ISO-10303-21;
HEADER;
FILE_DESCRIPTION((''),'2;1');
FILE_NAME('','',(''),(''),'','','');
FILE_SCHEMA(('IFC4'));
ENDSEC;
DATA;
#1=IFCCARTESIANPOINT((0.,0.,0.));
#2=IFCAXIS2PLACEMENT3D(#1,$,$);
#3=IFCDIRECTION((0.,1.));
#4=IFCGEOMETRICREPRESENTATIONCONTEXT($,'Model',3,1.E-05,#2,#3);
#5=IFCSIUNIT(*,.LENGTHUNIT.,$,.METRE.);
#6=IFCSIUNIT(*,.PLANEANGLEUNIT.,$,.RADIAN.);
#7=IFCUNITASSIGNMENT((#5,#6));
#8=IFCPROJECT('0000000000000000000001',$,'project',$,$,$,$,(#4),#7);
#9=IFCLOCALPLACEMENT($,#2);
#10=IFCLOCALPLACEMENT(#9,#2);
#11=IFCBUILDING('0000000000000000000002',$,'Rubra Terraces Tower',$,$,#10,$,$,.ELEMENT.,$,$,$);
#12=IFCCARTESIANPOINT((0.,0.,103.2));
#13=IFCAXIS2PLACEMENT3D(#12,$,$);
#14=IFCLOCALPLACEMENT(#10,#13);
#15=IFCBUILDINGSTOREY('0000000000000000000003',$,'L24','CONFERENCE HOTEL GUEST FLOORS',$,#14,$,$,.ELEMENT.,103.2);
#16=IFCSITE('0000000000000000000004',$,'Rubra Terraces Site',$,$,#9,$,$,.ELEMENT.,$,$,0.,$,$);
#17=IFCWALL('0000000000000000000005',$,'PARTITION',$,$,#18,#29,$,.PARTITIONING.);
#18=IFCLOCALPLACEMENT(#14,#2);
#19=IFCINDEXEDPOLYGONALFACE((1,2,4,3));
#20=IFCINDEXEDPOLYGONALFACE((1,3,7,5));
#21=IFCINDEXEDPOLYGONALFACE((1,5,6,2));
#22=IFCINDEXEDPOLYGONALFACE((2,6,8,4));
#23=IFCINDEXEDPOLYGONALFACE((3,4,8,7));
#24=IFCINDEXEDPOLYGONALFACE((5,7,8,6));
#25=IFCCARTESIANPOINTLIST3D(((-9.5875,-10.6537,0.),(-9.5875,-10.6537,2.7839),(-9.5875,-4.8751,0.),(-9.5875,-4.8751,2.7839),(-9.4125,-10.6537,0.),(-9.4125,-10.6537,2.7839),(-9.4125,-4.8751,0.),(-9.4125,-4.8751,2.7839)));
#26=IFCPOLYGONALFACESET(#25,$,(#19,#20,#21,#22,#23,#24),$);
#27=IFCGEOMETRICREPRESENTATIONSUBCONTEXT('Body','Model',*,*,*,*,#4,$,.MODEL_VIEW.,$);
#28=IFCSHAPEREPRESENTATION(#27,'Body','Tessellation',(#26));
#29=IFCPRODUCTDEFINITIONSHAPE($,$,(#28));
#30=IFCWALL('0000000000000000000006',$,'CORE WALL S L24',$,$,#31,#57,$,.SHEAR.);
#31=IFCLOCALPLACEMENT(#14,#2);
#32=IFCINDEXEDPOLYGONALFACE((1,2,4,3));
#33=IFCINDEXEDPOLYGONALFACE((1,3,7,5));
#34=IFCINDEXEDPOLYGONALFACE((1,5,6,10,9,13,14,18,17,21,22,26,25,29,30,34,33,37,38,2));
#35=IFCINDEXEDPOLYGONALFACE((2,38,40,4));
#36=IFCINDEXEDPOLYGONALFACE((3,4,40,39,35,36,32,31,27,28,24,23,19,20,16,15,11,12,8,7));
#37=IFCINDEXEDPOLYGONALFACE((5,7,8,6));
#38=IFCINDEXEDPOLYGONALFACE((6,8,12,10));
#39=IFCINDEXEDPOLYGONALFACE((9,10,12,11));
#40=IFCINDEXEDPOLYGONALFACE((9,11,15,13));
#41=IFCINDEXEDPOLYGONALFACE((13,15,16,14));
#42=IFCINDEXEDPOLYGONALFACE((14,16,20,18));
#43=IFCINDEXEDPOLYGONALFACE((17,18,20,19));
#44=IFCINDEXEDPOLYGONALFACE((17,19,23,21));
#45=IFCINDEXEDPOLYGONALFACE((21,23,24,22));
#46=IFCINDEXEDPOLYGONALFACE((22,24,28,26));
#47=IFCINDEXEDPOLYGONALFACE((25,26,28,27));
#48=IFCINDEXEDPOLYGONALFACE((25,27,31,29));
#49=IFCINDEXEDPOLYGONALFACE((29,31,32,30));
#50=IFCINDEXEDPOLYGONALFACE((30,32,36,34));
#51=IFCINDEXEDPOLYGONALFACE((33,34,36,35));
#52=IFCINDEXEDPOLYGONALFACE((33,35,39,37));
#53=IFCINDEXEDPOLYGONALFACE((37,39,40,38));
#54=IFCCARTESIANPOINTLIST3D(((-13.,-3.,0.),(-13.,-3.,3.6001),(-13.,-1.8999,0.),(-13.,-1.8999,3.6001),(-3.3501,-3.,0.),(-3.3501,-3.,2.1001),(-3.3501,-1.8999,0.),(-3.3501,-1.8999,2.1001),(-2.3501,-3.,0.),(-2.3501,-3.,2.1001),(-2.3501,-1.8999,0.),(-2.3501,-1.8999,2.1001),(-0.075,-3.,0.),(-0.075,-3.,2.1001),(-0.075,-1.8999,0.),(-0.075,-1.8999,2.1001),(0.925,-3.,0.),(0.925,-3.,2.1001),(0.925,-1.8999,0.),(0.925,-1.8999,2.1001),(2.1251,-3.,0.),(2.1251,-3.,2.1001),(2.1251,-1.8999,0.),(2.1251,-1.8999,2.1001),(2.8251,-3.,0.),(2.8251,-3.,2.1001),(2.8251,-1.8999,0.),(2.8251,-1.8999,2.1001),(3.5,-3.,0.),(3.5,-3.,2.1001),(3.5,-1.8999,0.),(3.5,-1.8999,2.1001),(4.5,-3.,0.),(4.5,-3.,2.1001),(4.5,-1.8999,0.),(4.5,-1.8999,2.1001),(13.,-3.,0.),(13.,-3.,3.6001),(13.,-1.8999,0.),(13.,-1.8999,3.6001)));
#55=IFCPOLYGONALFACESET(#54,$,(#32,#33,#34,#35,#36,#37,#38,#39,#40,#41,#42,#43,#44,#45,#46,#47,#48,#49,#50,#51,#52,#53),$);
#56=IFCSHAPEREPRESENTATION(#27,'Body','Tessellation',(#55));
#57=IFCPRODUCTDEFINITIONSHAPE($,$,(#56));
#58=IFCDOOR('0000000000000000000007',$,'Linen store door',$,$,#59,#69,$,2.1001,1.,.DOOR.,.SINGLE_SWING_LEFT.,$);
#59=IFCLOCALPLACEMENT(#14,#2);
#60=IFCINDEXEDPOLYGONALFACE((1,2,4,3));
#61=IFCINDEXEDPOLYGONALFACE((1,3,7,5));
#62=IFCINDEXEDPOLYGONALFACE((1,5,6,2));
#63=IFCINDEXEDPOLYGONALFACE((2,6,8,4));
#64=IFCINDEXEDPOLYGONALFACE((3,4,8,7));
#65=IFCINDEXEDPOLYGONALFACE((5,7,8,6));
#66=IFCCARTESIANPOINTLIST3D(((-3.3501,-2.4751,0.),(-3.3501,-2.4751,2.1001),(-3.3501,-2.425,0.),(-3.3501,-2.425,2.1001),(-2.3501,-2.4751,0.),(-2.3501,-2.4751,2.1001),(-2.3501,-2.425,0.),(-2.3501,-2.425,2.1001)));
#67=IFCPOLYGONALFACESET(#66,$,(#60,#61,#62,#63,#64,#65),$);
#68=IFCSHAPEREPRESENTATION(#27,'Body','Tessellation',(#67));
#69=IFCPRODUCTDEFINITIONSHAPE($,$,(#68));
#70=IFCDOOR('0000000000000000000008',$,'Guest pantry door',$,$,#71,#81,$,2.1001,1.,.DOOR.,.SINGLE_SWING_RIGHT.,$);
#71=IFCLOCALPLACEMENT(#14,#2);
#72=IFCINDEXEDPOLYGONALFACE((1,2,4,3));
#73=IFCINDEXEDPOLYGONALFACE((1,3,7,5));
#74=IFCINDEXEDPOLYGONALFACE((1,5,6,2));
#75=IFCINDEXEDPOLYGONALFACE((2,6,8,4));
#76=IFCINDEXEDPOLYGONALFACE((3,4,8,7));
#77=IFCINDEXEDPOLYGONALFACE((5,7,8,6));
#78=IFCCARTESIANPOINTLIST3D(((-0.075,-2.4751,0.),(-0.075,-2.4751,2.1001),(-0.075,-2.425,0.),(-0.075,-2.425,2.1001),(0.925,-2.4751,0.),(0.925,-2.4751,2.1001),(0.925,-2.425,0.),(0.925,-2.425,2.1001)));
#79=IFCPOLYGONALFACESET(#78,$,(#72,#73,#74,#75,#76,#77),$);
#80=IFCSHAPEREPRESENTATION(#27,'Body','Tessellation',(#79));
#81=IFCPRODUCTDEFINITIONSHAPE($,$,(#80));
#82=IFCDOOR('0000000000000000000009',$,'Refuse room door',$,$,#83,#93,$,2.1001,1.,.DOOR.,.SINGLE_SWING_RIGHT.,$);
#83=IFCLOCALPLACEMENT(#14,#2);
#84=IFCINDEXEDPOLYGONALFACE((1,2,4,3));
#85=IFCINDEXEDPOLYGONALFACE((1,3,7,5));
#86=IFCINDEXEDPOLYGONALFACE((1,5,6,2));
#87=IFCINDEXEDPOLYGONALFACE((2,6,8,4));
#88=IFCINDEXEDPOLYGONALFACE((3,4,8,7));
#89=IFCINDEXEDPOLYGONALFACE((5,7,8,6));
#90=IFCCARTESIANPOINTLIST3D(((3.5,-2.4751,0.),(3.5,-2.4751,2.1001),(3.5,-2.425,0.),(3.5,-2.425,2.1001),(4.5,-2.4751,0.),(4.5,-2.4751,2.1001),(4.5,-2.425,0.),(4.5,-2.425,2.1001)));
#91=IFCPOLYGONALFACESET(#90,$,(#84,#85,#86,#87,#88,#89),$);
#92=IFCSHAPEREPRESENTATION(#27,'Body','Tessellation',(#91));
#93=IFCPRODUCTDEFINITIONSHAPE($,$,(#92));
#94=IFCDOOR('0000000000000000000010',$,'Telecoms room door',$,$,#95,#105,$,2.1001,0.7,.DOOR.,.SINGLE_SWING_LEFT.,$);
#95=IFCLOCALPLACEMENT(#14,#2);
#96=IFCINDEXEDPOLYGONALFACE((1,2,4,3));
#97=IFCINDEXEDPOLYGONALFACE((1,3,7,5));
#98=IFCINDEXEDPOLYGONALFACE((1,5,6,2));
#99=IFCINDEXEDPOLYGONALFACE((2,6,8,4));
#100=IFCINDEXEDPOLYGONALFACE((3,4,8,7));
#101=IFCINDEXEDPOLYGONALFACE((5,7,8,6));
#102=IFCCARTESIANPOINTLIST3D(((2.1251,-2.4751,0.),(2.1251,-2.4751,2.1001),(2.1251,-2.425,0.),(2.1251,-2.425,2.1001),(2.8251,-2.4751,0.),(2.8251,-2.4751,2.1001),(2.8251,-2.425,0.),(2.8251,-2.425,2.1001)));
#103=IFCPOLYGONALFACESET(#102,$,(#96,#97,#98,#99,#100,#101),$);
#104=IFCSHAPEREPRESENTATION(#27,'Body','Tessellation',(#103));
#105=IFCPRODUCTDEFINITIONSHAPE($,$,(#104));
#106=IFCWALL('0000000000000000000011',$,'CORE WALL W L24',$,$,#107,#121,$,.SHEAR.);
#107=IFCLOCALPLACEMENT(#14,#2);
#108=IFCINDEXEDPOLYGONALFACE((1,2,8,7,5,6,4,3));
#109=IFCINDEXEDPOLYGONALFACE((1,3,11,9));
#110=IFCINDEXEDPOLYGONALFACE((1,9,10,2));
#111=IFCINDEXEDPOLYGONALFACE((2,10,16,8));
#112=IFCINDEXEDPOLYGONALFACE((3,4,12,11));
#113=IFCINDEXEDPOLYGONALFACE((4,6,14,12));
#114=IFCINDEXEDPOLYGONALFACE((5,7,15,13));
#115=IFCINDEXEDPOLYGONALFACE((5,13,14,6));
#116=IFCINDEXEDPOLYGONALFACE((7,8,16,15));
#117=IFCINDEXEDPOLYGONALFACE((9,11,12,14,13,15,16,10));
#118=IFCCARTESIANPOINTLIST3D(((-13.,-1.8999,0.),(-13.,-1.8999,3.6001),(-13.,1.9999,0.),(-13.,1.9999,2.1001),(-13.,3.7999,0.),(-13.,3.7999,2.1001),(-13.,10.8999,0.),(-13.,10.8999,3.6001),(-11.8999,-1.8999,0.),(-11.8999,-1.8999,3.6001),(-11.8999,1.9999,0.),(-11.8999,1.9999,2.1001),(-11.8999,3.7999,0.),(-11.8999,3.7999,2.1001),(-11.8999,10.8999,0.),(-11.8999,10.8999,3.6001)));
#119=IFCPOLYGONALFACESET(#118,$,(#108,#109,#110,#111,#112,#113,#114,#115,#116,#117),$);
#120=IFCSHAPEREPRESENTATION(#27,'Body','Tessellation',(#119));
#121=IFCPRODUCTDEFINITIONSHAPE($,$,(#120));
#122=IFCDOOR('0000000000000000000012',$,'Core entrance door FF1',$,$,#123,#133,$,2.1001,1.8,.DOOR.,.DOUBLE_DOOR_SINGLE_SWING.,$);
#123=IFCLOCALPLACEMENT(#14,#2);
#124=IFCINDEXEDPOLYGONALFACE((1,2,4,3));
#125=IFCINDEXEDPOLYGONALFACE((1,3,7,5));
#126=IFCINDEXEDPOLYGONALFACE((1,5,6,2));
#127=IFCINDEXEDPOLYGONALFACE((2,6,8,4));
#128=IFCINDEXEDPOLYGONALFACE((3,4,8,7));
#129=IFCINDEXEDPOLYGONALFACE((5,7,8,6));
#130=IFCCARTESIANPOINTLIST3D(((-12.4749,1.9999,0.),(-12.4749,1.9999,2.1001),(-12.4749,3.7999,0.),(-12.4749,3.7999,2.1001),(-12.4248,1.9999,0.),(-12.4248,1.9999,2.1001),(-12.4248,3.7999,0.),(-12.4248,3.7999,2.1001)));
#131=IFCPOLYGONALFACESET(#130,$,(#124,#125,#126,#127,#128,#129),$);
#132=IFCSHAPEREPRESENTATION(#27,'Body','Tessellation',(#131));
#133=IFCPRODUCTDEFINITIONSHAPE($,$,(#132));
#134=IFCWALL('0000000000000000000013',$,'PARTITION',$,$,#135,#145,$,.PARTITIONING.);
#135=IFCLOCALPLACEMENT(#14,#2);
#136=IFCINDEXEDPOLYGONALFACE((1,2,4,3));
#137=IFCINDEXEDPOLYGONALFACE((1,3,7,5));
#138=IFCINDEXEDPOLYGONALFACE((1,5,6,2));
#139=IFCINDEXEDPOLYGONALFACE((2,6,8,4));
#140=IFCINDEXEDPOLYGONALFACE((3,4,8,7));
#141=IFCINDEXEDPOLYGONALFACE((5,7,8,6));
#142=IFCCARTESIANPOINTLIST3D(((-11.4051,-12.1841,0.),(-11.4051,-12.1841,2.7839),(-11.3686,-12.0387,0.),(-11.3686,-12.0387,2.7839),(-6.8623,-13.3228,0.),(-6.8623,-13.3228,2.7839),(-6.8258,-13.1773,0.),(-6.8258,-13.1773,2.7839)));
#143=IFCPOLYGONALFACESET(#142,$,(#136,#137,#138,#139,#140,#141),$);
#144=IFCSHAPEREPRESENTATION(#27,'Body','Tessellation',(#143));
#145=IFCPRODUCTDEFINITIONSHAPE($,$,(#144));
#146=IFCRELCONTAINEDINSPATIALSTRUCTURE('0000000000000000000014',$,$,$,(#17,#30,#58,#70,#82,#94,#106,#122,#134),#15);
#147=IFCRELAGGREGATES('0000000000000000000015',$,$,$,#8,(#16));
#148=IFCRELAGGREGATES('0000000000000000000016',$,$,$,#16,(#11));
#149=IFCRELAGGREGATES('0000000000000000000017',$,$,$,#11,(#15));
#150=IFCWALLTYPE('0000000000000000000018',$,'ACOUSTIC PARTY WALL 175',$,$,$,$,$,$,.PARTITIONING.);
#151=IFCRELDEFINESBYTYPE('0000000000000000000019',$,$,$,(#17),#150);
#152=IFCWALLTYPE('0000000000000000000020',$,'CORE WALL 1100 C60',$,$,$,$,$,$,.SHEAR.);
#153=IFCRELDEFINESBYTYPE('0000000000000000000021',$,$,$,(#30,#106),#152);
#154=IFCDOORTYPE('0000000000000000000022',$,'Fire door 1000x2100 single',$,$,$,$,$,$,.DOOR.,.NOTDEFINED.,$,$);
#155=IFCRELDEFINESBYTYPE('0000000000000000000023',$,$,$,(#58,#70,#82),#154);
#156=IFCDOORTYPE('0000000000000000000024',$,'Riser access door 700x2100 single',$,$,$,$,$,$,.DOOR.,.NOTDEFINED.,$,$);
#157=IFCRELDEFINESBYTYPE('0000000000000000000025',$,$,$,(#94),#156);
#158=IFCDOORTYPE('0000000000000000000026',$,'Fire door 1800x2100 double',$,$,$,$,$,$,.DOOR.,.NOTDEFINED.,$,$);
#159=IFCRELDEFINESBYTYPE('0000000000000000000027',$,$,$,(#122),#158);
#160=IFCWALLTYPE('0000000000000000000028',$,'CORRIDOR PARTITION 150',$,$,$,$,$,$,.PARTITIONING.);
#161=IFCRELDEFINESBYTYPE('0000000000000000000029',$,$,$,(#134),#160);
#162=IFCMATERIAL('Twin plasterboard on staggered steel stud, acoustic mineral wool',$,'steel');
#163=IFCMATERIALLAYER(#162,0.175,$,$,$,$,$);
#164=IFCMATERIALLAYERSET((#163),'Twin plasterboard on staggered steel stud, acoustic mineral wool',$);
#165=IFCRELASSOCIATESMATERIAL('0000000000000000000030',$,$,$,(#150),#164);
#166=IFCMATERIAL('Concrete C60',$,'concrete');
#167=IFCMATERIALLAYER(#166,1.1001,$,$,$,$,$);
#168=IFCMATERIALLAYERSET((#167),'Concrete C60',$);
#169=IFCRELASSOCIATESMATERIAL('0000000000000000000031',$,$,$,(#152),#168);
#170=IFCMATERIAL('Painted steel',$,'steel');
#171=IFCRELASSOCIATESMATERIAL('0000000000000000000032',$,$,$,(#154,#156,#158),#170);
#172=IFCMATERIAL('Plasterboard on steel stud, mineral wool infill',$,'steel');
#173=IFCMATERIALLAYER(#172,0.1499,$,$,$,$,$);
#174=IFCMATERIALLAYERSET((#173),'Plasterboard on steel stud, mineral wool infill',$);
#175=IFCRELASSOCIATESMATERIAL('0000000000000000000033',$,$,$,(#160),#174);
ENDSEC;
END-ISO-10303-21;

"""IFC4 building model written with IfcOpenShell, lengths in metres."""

from ifc_helpers import new_model, si_unit, direction, frame, frame_2d, origin, place, context, subcontext, project, spatial, rectangle, extrude, material, layer, layer_set, type_object, element, fill, save


model = new_model("IFC4")

# Units and contexts
model_context = context("Model", 3, precision=1e-05, world=origin(), true_north=direction((0.0, 1.0)))
body_context = subcontext(model_context, "Body", "Model", "MODEL_VIEW")
ifc_project = project(units=[si_unit("LENGTHUNIT", "METRE"), si_unit("PLANEANGLEUNIT", "RADIAN")], contexts=[model_context])

# Site, building, storey
site_placement = place(None, origin())
site = spatial("IfcSite", under=ifc_project, at=site_placement, Name="Rubra Terraces Site", CompositionType="ELEMENT", RefElevation=0.0)
building_placement = place(site_placement, origin())
building = spatial("IfcBuilding", under=site, at=building_placement, Name="Rubra Terraces Tower", CompositionType="ELEMENT")
storey_placement = place(building_placement, frame((0.0, 0.0, 103.2)))
storey = spatial("IfcBuildingStorey", under=building, at=storey_placement, Name="L24", Description="CONFERENCE HOTEL GUEST FLOORS", CompositionType="ELEMENT", Elevation=103.2)

# Wall
ifc_material_1 = material(Name="Twin plasterboard on staggered steel stud, acoustic mineral wool", Category="steel")
ifc_layer_1 = layer(ifc_material_1, 0.175)
ifc_layer_set_1 = layer_set([ifc_layer_1], Name="Twin plasterboard on staggered steel stud, acoustic mineral wool")
wall_type_1 = type_object("IfcWallType", Name="ACOUSTIC PARTY WALL 175", PredefinedType="PARTITIONING", material=ifc_layer_set_1)
wall_1_placement = place(storey_placement, frame((-9.5, -10.6536, 0.0), z_axis=(0.0, 0.0, 1.0), x_axis=(0.0, 1.0, 0.0)))
element("IfcWall", 1, at=wall_1_placement, inside=storey, type_object=wall_type_1, Name="PARTITION", PredefinedType="PARTITIONING", context=body_context, shape_type="SweptSolid", body=[
    extrude(rectangle(XDim=5.7786, YDim=0.175, at=frame_2d((2.8892, 0.0))), origin(), (0.0, 0.0, 1.0), 2.7839),
])

# Wall, openings, doors
ifc_material_2 = material(Name="Concrete C60", Category="concrete")
ifc_layer_2 = layer(ifc_material_2, 1.1001)
ifc_layer_set_2 = layer_set([ifc_layer_2], Name="Concrete C60")
wall_type_2 = type_object("IfcWallType", Name="CORE WALL 1100 C60", PredefinedType="SHEAR", material=ifc_layer_set_2)
wall_2_placement = place(storey_placement, frame((-13.0, -2.45, 0.0), z_axis=(0.0, 0.0, 1.0), x_axis=(1.0, 0.0, 0.0)))
wall_2 = element("IfcWall", 2, at=wall_2_placement, inside=storey, type_object=wall_type_2, Name="CORE WALL S L24", PredefinedType="SHEAR", context=body_context, shape_type="SweptSolid", body=[
    extrude(rectangle(XDim=26.0, YDim=1.1001, at=frame_2d((13.0, 0.0))), origin(), (0.0, 0.0, 1.0), 3.6001),
])
opening_1_placement = place(wall_2_placement, frame((9.6499, 0.0, 0.0)))
opening_1 = element("IfcOpeningElement", 3, at=opening_1_placement, cuts=wall_2, PredefinedType="OPENING", context=body_context, shape_type="SweptSolid", body=[
    extrude(rectangle(XDim=1.0, YDim=2.1001, at=frame_2d((0.5, 1.05))), frame((0.0, 0.5601, 0.0), z_axis=(0.0, -1.0, 0.0), x_axis=(1.0, 0.0, 0.0)), (0.0, 0.0, 1.0), 1.1201),
])
opening_2_placement = place(wall_2_placement, frame((12.925, 0.0, 0.0)))
opening_2 = element("IfcOpeningElement", 4, at=opening_2_placement, cuts=wall_2, PredefinedType="OPENING", context=body_context, shape_type="SweptSolid", body=[
    extrude(rectangle(XDim=1.0, YDim=2.1001, at=frame_2d((0.5, 1.05))), frame((0.0, 0.5601, 0.0), z_axis=(0.0, -1.0, 0.0), x_axis=(1.0, 0.0, 0.0)), (0.0, 0.0, 1.0), 1.1201),
])
opening_3_placement = place(wall_2_placement, frame((15.125, 0.0, 0.0)))
opening_3 = element("IfcOpeningElement", 5, at=opening_3_placement, cuts=wall_2, PredefinedType="OPENING", context=body_context, shape_type="SweptSolid", body=[
    extrude(rectangle(XDim=0.7, YDim=2.1001, at=frame_2d((0.3501, 1.05))), frame((0.0, 0.5601, 0.0), z_axis=(0.0, -1.0, 0.0), x_axis=(1.0, 0.0, 0.0)), (0.0, 0.0, 1.0), 1.1201),
])
opening_4_placement = place(wall_2_placement, frame((16.5, 0.0, 0.0)))
opening_4 = element("IfcOpeningElement", 6, at=opening_4_placement, cuts=wall_2, PredefinedType="OPENING", context=body_context, shape_type="SweptSolid", body=[
    extrude(rectangle(XDim=1.0, YDim=2.1001, at=frame_2d((0.5, 1.05))), frame((0.0, 0.5601, 0.0), z_axis=(0.0, -1.0, 0.0), x_axis=(1.0, 0.0, 0.0)), (0.0, 0.0, 1.0), 1.1201),
])
ifc_material_3 = material(Name="Painted steel", Category="steel")
door_type_1 = type_object("IfcDoorType", Name="Fire door 1000x2100 single", OperationType="NOTDEFINED", PredefinedType="DOOR", material=ifc_material_3)
door_1_placement = place(opening_1_placement, origin())
door_1 = element("IfcDoor", 7, at=door_1_placement, inside=storey, type_object=door_type_1, Name="Linen store door", OperationType="SINGLE_SWING_LEFT", OverallHeight=2.1001, OverallWidth=1.0, PredefinedType="DOOR", context=body_context, shape_type="SweptSolid", body=[
    extrude(rectangle(XDim=1.0, YDim=2.1001, at=frame_2d((0.5, 1.05))), frame((0.0, 0.0249, 0.0), z_axis=(0.0, -1.0, 0.0), x_axis=(1.0, 0.0, 0.0)), (0.0, 0.0, 1.0), 0.05),
])
fill(opening_1, door_1)
door_2_placement = place(opening_2_placement, origin())
door_2 = element("IfcDoor", 8, at=door_2_placement, inside=storey, type_object=door_type_1, Name="Guest pantry door", OperationType="SINGLE_SWING_RIGHT", OverallHeight=2.1001, OverallWidth=1.0, PredefinedType="DOOR", context=body_context, shape_type="SweptSolid", body=[
    extrude(rectangle(XDim=1.0, YDim=2.1001, at=frame_2d((0.5, 1.05))), frame((0.0, 0.0249, 0.0), z_axis=(0.0, -1.0, 0.0), x_axis=(1.0, 0.0, 0.0)), (0.0, 0.0, 1.0), 0.05),
])
fill(opening_2, door_2)
door_3_placement = place(opening_4_placement, origin())
door_3 = element("IfcDoor", 9, at=door_3_placement, inside=storey, type_object=door_type_1, Name="Refuse room door", OperationType="SINGLE_SWING_RIGHT", OverallHeight=2.1001, OverallWidth=1.0, PredefinedType="DOOR", context=body_context, shape_type="SweptSolid", body=[
    extrude(rectangle(XDim=1.0, YDim=2.1001, at=frame_2d((0.5, 1.05))), frame((0.0, 0.0249, 0.0), z_axis=(0.0, -1.0, 0.0), x_axis=(1.0, 0.0, 0.0)), (0.0, 0.0, 1.0), 0.05),
])
fill(opening_4, door_3)
door_type_2 = type_object("IfcDoorType", Name="Riser access door 700x2100 single", OperationType="NOTDEFINED", PredefinedType="DOOR", material=ifc_material_3)
door_4_placement = place(opening_3_placement, origin())
door_4 = element("IfcDoor", 10, at=door_4_placement, inside=storey, type_object=door_type_2, Name="Telecoms room door", OperationType="SINGLE_SWING_LEFT", OverallHeight=2.1001, OverallWidth=0.7, PredefinedType="DOOR", context=body_context, shape_type="SweptSolid", body=[
    extrude(rectangle(XDim=0.7, YDim=2.1001, at=frame_2d((0.3501, 1.05))), frame((0.0, 0.0249, 0.0), z_axis=(0.0, -1.0, 0.0), x_axis=(1.0, 0.0, 0.0)), (0.0, 0.0, 1.0), 0.05),
])
fill(opening_3, door_4)

# Wall, opening, door
wall_3_placement = place(storey_placement, frame((-12.45, -1.8999, 0.0), z_axis=(0.0, 0.0, 1.0), x_axis=(0.0, 1.0, 0.0)))
wall_3 = element("IfcWall", 11, at=wall_3_placement, inside=storey, type_object=wall_type_2, Name="CORE WALL W L24", PredefinedType="SHEAR", context=body_context, shape_type="SweptSolid", body=[
    extrude(rectangle(XDim=12.7998, YDim=1.1001, at=frame_2d((6.3999, 0.0))), origin(), (0.0, 0.0, 1.0), 3.6001),
])
opening_5_placement = place(wall_3_placement, frame((3.8999, 0.0, 0.0)))
opening_5 = element("IfcOpeningElement", 12, at=opening_5_placement, cuts=wall_3, PredefinedType="OPENING", context=body_context, shape_type="SweptSolid", body=[
    extrude(rectangle(XDim=1.8, YDim=2.1001, at=frame_2d((0.8999, 1.05))), frame((0.0, 0.5601, 0.0), z_axis=(0.0, -1.0, 0.0), x_axis=(1.0, 0.0, 0.0)), (0.0, 0.0, 1.0), 1.1201),
])
door_type_3 = type_object("IfcDoorType", Name="Fire door 1800x2100 double", OperationType="NOTDEFINED", PredefinedType="DOOR", material=ifc_material_3)
door_5_placement = place(opening_5_placement, origin())
door_5 = element("IfcDoor", 13, at=door_5_placement, inside=storey, type_object=door_type_3, Name="Core entrance door FF1", OperationType="DOUBLE_DOOR_SINGLE_SWING", OverallHeight=2.1001, OverallWidth=1.8, PredefinedType="DOOR", context=body_context, shape_type="SweptSolid", body=[
    extrude(rectangle(XDim=1.8, YDim=2.1001, at=frame_2d((0.8999, 1.05))), frame((0.0, 0.0249, 0.0), z_axis=(0.0, -1.0, 0.0), x_axis=(1.0, 0.0, 0.0)), (0.0, 0.0, 1.0), 0.05),
])
fill(opening_5, door_5)

# Wall
ifc_material_4 = material(Name="Plasterboard on steel stud, mineral wool infill", Category="steel")
ifc_layer_3 = layer(ifc_material_4, 0.1499)
ifc_layer_set_3 = layer_set([ifc_layer_3], Name="Plasterboard on steel stud, mineral wool infill")
wall_type_3 = type_object("IfcWallType", Name="CORRIDOR PARTITION 150", PredefinedType="PARTITIONING", material=ifc_layer_set_3)
wall_4_placement = place(storey_placement, frame((-11.387, -12.1113, 0.0), z_axis=(0.0, 0.0, 1.0), x_axis=(0.969992, -0.243137, 0.0)))
element("IfcWall", 14, at=wall_4_placement, inside=storey, type_object=wall_type_3, Name="PARTITION", PredefinedType="PARTITIONING", context=body_context, shape_type="SweptSolid", body=[
    extrude(rectangle(XDim=4.6833, YDim=0.1499, at=frame_2d((2.3418, 0.0))), origin(), (0.0, 0.0, 1.0), 2.7839),
])

save(model, "model.ifc")
